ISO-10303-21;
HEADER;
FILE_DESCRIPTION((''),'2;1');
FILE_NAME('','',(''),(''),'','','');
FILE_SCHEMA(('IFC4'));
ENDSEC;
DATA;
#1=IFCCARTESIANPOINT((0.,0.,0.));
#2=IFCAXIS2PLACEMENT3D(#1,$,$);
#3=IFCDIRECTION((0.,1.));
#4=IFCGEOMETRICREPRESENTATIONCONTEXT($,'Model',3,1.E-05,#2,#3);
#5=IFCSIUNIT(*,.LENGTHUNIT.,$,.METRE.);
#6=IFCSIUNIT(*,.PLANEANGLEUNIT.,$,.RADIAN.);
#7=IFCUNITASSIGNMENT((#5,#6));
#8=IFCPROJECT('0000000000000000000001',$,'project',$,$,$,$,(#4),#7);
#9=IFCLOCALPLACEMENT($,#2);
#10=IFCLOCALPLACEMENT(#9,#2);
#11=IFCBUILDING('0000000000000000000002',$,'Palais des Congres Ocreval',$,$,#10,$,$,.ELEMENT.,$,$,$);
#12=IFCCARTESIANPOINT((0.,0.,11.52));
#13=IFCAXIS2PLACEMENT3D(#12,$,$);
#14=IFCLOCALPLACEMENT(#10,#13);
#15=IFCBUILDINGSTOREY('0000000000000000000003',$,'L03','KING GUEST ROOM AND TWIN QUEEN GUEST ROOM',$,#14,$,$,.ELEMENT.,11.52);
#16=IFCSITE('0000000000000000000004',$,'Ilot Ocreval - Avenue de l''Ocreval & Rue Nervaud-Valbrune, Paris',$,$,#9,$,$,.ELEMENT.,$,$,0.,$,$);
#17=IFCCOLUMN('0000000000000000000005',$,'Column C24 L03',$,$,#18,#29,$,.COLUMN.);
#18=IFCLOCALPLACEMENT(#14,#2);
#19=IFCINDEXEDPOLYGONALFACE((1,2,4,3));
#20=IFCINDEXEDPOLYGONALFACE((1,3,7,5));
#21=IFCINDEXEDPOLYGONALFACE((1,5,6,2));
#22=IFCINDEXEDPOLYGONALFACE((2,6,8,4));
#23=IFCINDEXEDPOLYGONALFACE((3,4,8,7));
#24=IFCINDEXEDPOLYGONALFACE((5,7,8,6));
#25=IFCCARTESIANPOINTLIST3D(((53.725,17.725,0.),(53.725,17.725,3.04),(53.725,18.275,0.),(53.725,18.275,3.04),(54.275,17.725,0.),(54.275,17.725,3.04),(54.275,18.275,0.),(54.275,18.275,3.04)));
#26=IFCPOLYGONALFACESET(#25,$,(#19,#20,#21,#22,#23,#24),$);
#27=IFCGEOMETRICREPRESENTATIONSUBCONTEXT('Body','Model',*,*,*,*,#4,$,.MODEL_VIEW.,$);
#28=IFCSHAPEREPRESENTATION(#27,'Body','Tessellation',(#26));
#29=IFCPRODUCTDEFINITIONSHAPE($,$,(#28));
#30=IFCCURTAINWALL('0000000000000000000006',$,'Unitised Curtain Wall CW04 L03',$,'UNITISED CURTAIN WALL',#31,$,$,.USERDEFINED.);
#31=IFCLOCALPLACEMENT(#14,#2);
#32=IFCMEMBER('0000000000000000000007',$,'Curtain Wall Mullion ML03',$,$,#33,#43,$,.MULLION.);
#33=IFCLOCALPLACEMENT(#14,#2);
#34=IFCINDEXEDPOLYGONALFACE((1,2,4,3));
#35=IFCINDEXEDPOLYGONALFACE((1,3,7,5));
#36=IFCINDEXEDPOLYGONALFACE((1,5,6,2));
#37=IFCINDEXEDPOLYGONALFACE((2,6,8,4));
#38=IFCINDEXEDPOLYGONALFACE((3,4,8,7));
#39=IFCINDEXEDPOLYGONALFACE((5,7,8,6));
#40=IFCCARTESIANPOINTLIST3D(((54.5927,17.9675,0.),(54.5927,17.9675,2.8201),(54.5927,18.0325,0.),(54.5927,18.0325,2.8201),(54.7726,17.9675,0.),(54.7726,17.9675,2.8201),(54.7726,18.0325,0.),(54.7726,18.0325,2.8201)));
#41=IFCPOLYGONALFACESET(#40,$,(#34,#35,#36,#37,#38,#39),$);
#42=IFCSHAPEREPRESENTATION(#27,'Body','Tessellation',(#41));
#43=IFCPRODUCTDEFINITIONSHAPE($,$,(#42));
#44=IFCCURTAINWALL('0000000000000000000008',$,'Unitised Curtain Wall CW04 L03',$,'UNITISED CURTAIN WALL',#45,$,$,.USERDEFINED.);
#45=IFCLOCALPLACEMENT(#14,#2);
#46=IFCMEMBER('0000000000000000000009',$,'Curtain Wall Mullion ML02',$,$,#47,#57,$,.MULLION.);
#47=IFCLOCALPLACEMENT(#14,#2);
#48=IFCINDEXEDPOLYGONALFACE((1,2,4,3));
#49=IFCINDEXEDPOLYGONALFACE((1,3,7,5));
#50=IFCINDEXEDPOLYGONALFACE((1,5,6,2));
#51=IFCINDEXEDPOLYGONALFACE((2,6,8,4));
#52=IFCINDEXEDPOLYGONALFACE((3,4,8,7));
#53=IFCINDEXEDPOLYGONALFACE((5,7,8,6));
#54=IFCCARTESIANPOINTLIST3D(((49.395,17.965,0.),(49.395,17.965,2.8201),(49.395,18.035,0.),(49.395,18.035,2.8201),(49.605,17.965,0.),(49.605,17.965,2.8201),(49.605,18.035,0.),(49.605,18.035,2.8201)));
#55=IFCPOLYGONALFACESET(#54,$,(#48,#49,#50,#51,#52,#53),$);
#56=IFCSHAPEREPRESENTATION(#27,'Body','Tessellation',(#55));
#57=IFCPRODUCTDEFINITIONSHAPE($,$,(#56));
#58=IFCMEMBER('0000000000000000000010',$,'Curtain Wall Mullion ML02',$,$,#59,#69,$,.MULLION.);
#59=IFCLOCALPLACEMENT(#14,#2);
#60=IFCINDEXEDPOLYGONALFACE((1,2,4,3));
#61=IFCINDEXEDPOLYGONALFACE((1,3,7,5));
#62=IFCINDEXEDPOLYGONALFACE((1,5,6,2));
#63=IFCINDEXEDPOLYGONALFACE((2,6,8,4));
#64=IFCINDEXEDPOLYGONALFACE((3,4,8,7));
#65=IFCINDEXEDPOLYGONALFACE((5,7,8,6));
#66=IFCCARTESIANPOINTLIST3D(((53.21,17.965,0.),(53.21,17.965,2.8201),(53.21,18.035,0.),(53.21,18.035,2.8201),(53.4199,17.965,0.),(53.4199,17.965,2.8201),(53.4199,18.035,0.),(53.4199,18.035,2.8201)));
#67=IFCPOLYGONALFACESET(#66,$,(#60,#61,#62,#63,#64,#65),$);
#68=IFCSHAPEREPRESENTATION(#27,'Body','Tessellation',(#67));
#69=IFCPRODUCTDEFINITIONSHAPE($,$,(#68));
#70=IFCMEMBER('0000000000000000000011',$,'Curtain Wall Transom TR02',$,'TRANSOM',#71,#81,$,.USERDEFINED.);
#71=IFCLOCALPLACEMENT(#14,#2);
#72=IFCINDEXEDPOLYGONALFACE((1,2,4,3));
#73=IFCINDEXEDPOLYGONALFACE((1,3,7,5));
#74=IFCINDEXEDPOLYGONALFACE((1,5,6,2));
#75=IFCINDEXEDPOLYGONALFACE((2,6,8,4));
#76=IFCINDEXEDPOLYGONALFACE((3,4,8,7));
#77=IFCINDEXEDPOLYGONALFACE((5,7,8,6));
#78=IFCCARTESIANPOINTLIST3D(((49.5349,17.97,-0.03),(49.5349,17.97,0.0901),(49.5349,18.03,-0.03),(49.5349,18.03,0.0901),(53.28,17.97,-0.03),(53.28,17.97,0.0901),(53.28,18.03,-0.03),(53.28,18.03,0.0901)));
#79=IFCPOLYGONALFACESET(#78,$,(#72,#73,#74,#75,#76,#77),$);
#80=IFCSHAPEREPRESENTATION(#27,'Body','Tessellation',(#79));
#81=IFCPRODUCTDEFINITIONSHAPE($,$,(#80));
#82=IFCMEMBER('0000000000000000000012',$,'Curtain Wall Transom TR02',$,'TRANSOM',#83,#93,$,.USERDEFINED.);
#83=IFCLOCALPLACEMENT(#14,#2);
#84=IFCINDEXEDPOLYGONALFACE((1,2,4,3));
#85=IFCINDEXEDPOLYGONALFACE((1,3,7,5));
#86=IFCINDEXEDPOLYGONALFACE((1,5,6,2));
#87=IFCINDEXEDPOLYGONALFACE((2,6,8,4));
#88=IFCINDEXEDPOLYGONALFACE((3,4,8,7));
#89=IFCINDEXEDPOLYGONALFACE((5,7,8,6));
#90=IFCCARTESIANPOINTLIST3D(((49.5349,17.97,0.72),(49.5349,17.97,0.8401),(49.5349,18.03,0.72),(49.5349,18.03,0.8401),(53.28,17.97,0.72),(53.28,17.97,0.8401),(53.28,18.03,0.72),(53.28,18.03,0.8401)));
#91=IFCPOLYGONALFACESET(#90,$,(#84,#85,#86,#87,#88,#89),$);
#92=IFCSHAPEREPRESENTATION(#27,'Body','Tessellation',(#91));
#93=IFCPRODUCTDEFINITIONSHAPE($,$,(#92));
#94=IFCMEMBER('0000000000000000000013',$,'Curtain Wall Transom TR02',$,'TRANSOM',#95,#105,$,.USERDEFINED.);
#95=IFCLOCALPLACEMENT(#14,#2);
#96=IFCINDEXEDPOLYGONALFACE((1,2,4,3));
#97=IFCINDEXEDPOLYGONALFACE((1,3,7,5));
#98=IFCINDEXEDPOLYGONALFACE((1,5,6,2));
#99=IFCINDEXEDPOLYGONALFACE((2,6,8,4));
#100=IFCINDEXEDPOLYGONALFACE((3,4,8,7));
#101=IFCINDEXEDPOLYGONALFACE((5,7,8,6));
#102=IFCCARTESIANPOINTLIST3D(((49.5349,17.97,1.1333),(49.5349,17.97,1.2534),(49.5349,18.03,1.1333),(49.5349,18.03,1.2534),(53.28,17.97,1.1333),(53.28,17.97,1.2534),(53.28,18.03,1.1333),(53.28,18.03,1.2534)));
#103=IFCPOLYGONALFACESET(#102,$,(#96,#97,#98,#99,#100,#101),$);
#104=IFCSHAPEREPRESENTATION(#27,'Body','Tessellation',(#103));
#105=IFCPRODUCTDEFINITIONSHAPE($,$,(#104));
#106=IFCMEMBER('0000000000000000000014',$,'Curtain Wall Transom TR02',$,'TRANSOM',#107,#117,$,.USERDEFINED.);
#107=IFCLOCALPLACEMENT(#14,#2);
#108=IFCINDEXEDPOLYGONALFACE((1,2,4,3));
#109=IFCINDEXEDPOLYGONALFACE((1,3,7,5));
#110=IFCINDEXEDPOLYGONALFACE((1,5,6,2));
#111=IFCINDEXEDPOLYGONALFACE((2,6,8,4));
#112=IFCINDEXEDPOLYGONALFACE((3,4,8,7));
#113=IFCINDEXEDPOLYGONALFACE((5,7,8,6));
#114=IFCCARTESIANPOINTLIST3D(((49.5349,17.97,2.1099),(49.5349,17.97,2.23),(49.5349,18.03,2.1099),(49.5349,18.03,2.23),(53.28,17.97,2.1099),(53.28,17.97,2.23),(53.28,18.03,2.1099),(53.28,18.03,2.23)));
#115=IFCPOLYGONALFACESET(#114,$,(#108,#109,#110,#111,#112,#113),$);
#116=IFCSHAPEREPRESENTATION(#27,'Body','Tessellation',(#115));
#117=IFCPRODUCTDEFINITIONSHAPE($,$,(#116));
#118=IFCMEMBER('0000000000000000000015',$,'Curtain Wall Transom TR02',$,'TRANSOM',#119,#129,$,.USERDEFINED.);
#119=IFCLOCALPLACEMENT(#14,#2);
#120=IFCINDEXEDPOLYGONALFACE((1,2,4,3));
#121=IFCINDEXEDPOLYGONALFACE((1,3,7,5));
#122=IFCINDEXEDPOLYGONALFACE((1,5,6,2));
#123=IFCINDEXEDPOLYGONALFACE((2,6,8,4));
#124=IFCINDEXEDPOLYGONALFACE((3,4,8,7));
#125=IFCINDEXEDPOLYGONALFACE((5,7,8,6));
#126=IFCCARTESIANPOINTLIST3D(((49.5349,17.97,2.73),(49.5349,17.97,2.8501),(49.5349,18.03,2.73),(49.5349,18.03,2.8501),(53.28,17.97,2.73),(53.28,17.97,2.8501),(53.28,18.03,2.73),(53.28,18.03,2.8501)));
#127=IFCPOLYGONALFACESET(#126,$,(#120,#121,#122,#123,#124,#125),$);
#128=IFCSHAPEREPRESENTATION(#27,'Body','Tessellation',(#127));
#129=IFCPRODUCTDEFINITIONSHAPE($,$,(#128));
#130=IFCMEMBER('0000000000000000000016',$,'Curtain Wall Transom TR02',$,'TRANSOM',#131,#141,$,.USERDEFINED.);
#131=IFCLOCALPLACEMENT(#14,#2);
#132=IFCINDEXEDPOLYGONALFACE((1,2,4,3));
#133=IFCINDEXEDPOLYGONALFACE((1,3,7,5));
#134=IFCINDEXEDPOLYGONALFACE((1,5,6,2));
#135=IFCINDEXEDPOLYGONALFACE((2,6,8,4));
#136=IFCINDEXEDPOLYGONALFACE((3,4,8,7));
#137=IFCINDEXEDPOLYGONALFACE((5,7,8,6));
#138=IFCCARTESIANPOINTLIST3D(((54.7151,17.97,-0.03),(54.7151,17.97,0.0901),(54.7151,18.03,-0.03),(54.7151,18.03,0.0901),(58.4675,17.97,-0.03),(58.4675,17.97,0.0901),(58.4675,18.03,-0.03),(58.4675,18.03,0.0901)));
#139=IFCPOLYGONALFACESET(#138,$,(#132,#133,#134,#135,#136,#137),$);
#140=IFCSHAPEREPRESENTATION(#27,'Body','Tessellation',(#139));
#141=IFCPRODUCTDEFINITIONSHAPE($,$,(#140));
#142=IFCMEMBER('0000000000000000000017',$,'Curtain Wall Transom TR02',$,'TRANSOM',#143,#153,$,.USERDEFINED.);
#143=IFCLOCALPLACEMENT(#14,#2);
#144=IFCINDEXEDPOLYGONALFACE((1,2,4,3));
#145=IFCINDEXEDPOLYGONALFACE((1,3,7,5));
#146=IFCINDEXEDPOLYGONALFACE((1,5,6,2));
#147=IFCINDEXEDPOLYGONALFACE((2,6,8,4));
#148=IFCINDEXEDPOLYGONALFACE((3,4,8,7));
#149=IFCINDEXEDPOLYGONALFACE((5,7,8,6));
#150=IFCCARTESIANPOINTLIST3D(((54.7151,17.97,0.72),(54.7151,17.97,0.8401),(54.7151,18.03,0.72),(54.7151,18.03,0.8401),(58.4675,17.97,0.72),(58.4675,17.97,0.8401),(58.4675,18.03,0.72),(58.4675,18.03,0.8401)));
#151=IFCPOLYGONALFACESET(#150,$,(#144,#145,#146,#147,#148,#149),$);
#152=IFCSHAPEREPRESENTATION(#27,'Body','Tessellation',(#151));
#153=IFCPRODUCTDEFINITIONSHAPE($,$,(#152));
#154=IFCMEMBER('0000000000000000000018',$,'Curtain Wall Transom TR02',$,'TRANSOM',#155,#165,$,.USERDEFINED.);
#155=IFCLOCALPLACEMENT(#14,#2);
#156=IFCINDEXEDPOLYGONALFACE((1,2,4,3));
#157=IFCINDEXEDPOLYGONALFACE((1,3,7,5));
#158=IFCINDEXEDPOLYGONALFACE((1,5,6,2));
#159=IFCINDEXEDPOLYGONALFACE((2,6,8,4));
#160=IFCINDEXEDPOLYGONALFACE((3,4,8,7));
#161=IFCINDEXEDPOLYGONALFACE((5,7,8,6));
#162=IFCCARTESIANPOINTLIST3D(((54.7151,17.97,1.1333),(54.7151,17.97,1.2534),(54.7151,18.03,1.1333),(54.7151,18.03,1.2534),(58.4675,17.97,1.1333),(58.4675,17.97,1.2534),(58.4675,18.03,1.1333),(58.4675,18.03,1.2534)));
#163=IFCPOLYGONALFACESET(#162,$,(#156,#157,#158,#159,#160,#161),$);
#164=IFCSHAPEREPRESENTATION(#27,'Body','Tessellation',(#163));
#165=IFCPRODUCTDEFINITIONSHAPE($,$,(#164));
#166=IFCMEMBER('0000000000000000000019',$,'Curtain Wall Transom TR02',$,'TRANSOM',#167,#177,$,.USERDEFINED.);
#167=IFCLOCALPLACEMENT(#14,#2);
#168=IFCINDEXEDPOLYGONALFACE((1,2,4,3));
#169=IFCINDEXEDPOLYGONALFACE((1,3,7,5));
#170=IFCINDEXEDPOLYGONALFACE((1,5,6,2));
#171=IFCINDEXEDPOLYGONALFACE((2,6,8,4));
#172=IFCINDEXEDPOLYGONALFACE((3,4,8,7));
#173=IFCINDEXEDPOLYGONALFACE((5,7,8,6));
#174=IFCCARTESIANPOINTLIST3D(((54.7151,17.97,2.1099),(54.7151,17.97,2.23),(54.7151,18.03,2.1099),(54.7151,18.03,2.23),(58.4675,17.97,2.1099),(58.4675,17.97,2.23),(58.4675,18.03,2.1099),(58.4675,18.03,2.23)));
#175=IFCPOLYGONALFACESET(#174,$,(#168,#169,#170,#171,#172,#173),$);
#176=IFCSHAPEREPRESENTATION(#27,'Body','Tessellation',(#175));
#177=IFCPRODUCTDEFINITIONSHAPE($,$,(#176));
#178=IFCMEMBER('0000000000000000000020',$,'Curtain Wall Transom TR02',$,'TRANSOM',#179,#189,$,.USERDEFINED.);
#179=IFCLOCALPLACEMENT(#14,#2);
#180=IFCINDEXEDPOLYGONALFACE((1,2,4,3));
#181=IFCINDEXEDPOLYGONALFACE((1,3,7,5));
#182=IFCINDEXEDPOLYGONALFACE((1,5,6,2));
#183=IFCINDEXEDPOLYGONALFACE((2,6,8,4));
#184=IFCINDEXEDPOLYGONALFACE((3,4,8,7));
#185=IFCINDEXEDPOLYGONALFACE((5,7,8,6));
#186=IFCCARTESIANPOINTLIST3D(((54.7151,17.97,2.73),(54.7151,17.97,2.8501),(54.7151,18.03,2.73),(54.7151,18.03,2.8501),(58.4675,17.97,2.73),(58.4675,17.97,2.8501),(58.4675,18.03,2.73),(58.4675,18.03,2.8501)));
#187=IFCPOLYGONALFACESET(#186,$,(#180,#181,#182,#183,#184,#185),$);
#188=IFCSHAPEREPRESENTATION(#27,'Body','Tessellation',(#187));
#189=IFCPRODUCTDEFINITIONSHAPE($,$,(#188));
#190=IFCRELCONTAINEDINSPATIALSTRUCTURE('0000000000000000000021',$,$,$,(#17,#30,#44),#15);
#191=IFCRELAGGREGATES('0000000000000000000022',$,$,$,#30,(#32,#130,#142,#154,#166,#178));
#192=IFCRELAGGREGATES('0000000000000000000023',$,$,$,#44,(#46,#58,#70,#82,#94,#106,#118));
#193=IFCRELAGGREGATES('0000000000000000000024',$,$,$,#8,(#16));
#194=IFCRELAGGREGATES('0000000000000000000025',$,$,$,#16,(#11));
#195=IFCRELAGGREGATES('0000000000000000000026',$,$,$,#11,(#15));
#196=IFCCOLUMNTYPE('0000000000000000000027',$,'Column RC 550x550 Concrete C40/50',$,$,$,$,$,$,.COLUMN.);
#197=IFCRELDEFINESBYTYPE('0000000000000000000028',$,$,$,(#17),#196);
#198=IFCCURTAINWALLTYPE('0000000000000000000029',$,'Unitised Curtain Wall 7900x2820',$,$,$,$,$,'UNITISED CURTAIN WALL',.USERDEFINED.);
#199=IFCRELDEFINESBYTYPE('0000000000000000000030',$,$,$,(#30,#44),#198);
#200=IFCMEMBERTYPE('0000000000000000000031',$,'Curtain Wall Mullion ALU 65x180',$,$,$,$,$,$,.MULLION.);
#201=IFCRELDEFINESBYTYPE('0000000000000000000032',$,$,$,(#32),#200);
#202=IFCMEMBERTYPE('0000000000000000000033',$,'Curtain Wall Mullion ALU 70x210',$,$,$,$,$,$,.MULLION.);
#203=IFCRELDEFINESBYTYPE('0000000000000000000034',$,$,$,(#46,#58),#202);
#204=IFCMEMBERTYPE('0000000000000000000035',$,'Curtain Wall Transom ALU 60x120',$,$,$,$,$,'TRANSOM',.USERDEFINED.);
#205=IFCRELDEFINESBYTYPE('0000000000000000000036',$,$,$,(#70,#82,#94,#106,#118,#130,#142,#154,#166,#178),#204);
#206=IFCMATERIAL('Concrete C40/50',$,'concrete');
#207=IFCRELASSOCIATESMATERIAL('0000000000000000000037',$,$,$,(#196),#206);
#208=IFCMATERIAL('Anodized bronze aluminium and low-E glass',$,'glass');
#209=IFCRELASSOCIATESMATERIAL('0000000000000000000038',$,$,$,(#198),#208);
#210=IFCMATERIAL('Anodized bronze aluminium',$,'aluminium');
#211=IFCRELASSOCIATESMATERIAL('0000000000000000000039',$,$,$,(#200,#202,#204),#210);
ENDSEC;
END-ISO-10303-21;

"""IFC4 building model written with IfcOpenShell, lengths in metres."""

from ifc_helpers import new_model, si_unit, direction, frame, origin, origin_2d, place, context, subcontext, project, spatial, rectangle, extrude, material, material_profile, profile_set, type_object, element, aggregate, save


model = new_model("IFC4")

# Units and contexts
model_context = context("Model", 3, precision=1e-05, world=origin(), true_north=direction((0.0, 1.0)))
body_context = subcontext(model_context, "Body", "Model", "MODEL_VIEW")
ifc_project = project(units=[si_unit("LENGTHUNIT", "METRE"), si_unit("PLANEANGLEUNIT", "RADIAN")], contexts=[model_context])

# Site, building, storey
site_placement = place(None, origin())
site = spatial("IfcSite", under=ifc_project, at=site_placement, Name="Ilot Ocreval - Avenue de l'Ocreval & Rue Nervaud-Valbrune, Paris", CompositionType="ELEMENT", RefElevation=0.0)
building_placement = place(site_placement, origin())
building = spatial("IfcBuilding", under=site, at=building_placement, Name="Palais des Congres Ocreval", CompositionType="ELEMENT")
storey_placement = place(building_placement, frame((0.0, 0.0, 11.52)))
storey = spatial("IfcBuildingStorey", under=building, at=storey_placement, Name="L03", Description="KING GUEST ROOM AND TWIN QUEEN GUEST ROOM", CompositionType="ELEMENT", Elevation=11.52)

# Column
ifc_material_1 = material(Name="Concrete C40/50", Category="concrete")
ifc_material_profile_1 = material_profile(ifc_material_1, rectangle(XDim=0.55, YDim=0.55, at=origin_2d()), Name="RC 550x550")
ifc_profile_set_1 = profile_set([ifc_material_profile_1], Name="Concrete C40/50")
column_type = type_object("IfcColumnType", Name="Column RC 550x550 Concrete C40/50", PredefinedType="COLUMN", material=ifc_profile_set_1)
column_placement = place(storey_placement, frame((54.0, 18.0, 0.0), z_axis=(0.0, 0.0, 1.0), x_axis=(1.0, 0.0, 0.0)))
element("IfcColumn", 1, at=column_placement, inside=storey, type_object=column_type, Name="Column C24 L03", PredefinedType="COLUMN", context=body_context, shape_type="SweptSolid", body=[
    extrude(rectangle(XDim=0.55, YDim=0.55, at=origin_2d()), origin(), (0.0, 0.0, 1.0), 3.04),
])

# Curtain wall, member
ifc_material_2 = material(Name="Anodized bronze aluminium and low-E glass", Category="glass")
curtain_wall_type = type_object("IfcCurtainWallType", Name="Unitised Curtain Wall 7900x2820", ElementType="UNITISED CURTAIN WALL", PredefinedType="USERDEFINED", material=ifc_material_2)
curtain_wall_1_placement = place(storey_placement, origin())
curtain_wall_1 = element("IfcCurtainWall", 2, at=curtain_wall_1_placement, inside=storey, type_object=curtain_wall_type, Name="Unitised Curtain Wall CW04 L03", ObjectType="UNITISED CURTAIN WALL", PredefinedType="USERDEFINED")
ifc_material_3 = material(Name="Anodized bronze aluminium", Category="aluminium")
ifc_material_profile_2 = material_profile(ifc_material_3, rectangle(XDim=0.0649, YDim=0.1799, at=origin_2d()), Name="ALU 65x180")
ifc_profile_set_2 = profile_set([ifc_material_profile_2], Name="Anodized bronze aluminium")
member_type_1 = type_object("IfcMemberType", Name="Curtain Wall Mullion ALU 65x180", PredefinedType="MULLION", material=ifc_profile_set_2)
member_1_placement = place(storey_placement, frame((54.6826, 18.0, 0.0), z_axis=(0.0, 0.0, 1.0), x_axis=(0.0, 1.0, 0.0)))
member_1 = element("IfcMember", 3, at=member_1_placement, type_object=member_type_1, Name="Curtain Wall Mullion ML03", PredefinedType="MULLION", context=body_context, shape_type="SweptSolid", body=[
    extrude(rectangle(XDim=0.0649, YDim=0.1799, at=origin_2d()), origin(), (0.0, 0.0, 1.0), 2.8201),
])

# Curtain wall, members
curtain_wall_2_placement = place(storey_placement, origin())
curtain_wall_2 = element("IfcCurtainWall", 4, at=curtain_wall_2_placement, inside=storey, type_object=curtain_wall_type, Name="Unitised Curtain Wall CW04 L03", ObjectType="UNITISED CURTAIN WALL", PredefinedType="USERDEFINED")
ifc_material_profile_3 = material_profile(ifc_material_3, rectangle(XDim=0.0701, YDim=0.21, at=origin_2d()), Name="ALU 70x210")
ifc_profile_set_3 = profile_set([ifc_material_profile_3], Name="Anodized bronze aluminium")
member_type_2 = type_object("IfcMemberType", Name="Curtain Wall Mullion ALU 70x210", PredefinedType="MULLION", material=ifc_profile_set_3)
member_2_placement = place(storey_placement, frame((49.5, 18.0, 0.0), z_axis=(0.0, 0.0, 1.0), x_axis=(0.0, 1.0, 0.0)))
member_2 = element("IfcMember", 5, at=member_2_placement, type_object=member_type_2, Name="Curtain Wall Mullion ML02", PredefinedType="MULLION", context=body_context, shape_type="SweptSolid", body=[
    extrude(rectangle(XDim=0.0701, YDim=0.21, at=origin_2d()), origin(), (0.0, 0.0, 1.0), 2.8201),
])
member_3_placement = place(storey_placement, frame((53.3149, 18.0, 0.0), z_axis=(0.0, 0.0, 1.0), x_axis=(0.0, 1.0, 0.0)))
member_3 = element("IfcMember", 6, at=member_3_placement, type_object=member_type_2, Name="Curtain Wall Mullion ML02", PredefinedType="MULLION", context=body_context, shape_type="SweptSolid", body=[
    extrude(rectangle(XDim=0.0701, YDim=0.21, at=origin_2d()), origin(), (0.0, 0.0, 1.0), 2.8201),
])
ifc_material_profile_4 = material_profile(ifc_material_3, rectangle(XDim=0.0601, YDim=0.1201, at=origin_2d()), Name="ALU 60x120")
ifc_profile_set_4 = profile_set([ifc_material_profile_4], Name="Anodized bronze aluminium")
member_type_3 = type_object("IfcMemberType", Name="Curtain Wall Transom ALU 60x120", ElementType="TRANSOM", PredefinedType="USERDEFINED", material=ifc_profile_set_4)
member_4_placement = place(storey_placement, frame((49.5349, 18.0, 0.03), z_axis=(1.0, 0.0, 0.0), x_axis=(0.0, 1.0, 0.0)))
member_4 = element("IfcMember", 7, at=member_4_placement, type_object=member_type_3, Name="Curtain Wall Transom TR02", ObjectType="TRANSOM", PredefinedType="USERDEFINED", context=body_context, shape_type="SweptSolid", body=[
    extrude(rectangle(XDim=0.0601, YDim=0.1201, at=origin_2d()), origin(), (0.0, 0.0, 1.0), 3.7451),
])
member_5_placement = place(storey_placement, frame((49.5349, 18.0, 0.78), z_axis=(1.0, 0.0, 0.0), x_axis=(0.0, 1.0, 0.0)))
member_5 = element("IfcMember", 8, at=member_5_placement, type_object=member_type_3, Name="Curtain Wall Transom TR02", ObjectType="TRANSOM", PredefinedType="USERDEFINED", context=body_context, shape_type="SweptSolid", body=[
    extrude(rectangle(XDim=0.0601, YDim=0.1201, at=origin_2d()), origin(), (0.0, 0.0, 1.0), 3.7451),
])
member_6_placement = place(storey_placement, frame((49.5349, 18.0, 1.1934), z_axis=(1.0, 0.0, 0.0), x_axis=(0.0, 1.0, 0.0)))
member_6 = element("IfcMember", 9, at=member_6_placement, type_object=member_type_3, Name="Curtain Wall Transom TR02", ObjectType="TRANSOM", PredefinedType="USERDEFINED", context=body_context, shape_type="SweptSolid", body=[
    extrude(rectangle(XDim=0.0601, YDim=0.1201, at=origin_2d()), origin(), (0.0, 0.0, 1.0), 3.7451),
])
member_7_placement = place(storey_placement, frame((49.5349, 18.0, 2.1699), z_axis=(1.0, 0.0, 0.0), x_axis=(0.0, 1.0, 0.0)))
member_7 = element("IfcMember", 10, at=member_7_placement, type_object=member_type_3, Name="Curtain Wall Transom TR02", ObjectType="TRANSOM", PredefinedType="USERDEFINED", context=body_context, shape_type="SweptSolid", body=[
    extrude(rectangle(XDim=0.0601, YDim=0.1201, at=origin_2d()), origin(), (0.0, 0.0, 1.0), 3.7451),
])
member_8_placement = place(storey_placement, frame((49.5349, 18.0, 2.79), z_axis=(1.0, 0.0, 0.0), x_axis=(0.0, 1.0, 0.0)))
member_8 = element("IfcMember", 11, at=member_8_placement, type_object=member_type_3, Name="Curtain Wall Transom TR02", ObjectType="TRANSOM", PredefinedType="USERDEFINED", context=body_context, shape_type="SweptSolid", body=[
    extrude(rectangle(XDim=0.0601, YDim=0.1201, at=origin_2d()), origin(), (0.0, 0.0, 1.0), 3.7451),
])

# Members
member_9_placement = place(storey_placement, frame((54.7151, 18.0, 0.03), z_axis=(1.0, 0.0, 0.0), x_axis=(0.0, 1.0, 0.0)))
member_9 = element("IfcMember", 12, at=member_9_placement, type_object=member_type_3, Name="Curtain Wall Transom TR02", ObjectType="TRANSOM", PredefinedType="USERDEFINED", context=body_context, shape_type="SweptSolid", body=[
    extrude(rectangle(XDim=0.0601, YDim=0.1201, at=origin_2d()), origin(), (0.0, 0.0, 1.0), 3.7524),
])
member_10_placement = place(storey_placement, frame((54.7151, 18.0, 0.78), z_axis=(1.0, 0.0, 0.0), x_axis=(0.0, 1.0, 0.0)))
member_10 = element("IfcMember", 13, at=member_10_placement, type_object=member_type_3, Name="Curtain Wall Transom TR02", ObjectType="TRANSOM", PredefinedType="USERDEFINED", context=body_context, shape_type="SweptSolid", body=[
    extrude(rectangle(XDim=0.0601, YDim=0.1201, at=origin_2d()), origin(), (0.0, 0.0, 1.0), 3.7524),
])
member_11_placement = place(storey_placement, frame((54.7151, 18.0, 1.1934), z_axis=(1.0, 0.0, 0.0), x_axis=(0.0, 1.0, 0.0)))
member_11 = element("IfcMember", 14, at=member_11_placement, type_object=member_type_3, Name="Curtain Wall Transom TR02", ObjectType="TRANSOM", PredefinedType="USERDEFINED", context=body_context, shape_type="SweptSolid", body=[
    extrude(rectangle(XDim=0.0601, YDim=0.1201, at=origin_2d()), origin(), (0.0, 0.0, 1.0), 3.7524),
])
member_12_placement = place(storey_placement, frame((54.7151, 18.0, 2.1699), z_axis=(1.0, 0.0, 0.0), x_axis=(0.0, 1.0, 0.0)))
member_12 = element("IfcMember", 15, at=member_12_placement, type_object=member_type_3, Name="Curtain Wall Transom TR02", ObjectType="TRANSOM", PredefinedType="USERDEFINED", context=body_context, shape_type="SweptSolid", body=[
    extrude(rectangle(XDim=0.0601, YDim=0.1201, at=origin_2d()), origin(), (0.0, 0.0, 1.0), 3.7524),
])
member_13_placement = place(storey_placement, frame((54.7151, 18.0, 2.79), z_axis=(1.0, 0.0, 0.0), x_axis=(0.0, 1.0, 0.0)))
member_13 = element("IfcMember", 16, at=member_13_placement, type_object=member_type_3, Name="Curtain Wall Transom TR02", ObjectType="TRANSOM", PredefinedType="USERDEFINED", context=body_context, shape_type="SweptSolid", body=[
    extrude(rectangle(XDim=0.0601, YDim=0.1201, at=origin_2d()), origin(), (0.0, 0.0, 1.0), 3.7524),
])

aggregate(curtain_wall_1, [member_1, member_9, member_10, member_11, member_12, member_13])
aggregate(curtain_wall_2, [member_2, member_3, member_4, member_5, member_6, member_7, member_8])

save(model, "model.ifc")
